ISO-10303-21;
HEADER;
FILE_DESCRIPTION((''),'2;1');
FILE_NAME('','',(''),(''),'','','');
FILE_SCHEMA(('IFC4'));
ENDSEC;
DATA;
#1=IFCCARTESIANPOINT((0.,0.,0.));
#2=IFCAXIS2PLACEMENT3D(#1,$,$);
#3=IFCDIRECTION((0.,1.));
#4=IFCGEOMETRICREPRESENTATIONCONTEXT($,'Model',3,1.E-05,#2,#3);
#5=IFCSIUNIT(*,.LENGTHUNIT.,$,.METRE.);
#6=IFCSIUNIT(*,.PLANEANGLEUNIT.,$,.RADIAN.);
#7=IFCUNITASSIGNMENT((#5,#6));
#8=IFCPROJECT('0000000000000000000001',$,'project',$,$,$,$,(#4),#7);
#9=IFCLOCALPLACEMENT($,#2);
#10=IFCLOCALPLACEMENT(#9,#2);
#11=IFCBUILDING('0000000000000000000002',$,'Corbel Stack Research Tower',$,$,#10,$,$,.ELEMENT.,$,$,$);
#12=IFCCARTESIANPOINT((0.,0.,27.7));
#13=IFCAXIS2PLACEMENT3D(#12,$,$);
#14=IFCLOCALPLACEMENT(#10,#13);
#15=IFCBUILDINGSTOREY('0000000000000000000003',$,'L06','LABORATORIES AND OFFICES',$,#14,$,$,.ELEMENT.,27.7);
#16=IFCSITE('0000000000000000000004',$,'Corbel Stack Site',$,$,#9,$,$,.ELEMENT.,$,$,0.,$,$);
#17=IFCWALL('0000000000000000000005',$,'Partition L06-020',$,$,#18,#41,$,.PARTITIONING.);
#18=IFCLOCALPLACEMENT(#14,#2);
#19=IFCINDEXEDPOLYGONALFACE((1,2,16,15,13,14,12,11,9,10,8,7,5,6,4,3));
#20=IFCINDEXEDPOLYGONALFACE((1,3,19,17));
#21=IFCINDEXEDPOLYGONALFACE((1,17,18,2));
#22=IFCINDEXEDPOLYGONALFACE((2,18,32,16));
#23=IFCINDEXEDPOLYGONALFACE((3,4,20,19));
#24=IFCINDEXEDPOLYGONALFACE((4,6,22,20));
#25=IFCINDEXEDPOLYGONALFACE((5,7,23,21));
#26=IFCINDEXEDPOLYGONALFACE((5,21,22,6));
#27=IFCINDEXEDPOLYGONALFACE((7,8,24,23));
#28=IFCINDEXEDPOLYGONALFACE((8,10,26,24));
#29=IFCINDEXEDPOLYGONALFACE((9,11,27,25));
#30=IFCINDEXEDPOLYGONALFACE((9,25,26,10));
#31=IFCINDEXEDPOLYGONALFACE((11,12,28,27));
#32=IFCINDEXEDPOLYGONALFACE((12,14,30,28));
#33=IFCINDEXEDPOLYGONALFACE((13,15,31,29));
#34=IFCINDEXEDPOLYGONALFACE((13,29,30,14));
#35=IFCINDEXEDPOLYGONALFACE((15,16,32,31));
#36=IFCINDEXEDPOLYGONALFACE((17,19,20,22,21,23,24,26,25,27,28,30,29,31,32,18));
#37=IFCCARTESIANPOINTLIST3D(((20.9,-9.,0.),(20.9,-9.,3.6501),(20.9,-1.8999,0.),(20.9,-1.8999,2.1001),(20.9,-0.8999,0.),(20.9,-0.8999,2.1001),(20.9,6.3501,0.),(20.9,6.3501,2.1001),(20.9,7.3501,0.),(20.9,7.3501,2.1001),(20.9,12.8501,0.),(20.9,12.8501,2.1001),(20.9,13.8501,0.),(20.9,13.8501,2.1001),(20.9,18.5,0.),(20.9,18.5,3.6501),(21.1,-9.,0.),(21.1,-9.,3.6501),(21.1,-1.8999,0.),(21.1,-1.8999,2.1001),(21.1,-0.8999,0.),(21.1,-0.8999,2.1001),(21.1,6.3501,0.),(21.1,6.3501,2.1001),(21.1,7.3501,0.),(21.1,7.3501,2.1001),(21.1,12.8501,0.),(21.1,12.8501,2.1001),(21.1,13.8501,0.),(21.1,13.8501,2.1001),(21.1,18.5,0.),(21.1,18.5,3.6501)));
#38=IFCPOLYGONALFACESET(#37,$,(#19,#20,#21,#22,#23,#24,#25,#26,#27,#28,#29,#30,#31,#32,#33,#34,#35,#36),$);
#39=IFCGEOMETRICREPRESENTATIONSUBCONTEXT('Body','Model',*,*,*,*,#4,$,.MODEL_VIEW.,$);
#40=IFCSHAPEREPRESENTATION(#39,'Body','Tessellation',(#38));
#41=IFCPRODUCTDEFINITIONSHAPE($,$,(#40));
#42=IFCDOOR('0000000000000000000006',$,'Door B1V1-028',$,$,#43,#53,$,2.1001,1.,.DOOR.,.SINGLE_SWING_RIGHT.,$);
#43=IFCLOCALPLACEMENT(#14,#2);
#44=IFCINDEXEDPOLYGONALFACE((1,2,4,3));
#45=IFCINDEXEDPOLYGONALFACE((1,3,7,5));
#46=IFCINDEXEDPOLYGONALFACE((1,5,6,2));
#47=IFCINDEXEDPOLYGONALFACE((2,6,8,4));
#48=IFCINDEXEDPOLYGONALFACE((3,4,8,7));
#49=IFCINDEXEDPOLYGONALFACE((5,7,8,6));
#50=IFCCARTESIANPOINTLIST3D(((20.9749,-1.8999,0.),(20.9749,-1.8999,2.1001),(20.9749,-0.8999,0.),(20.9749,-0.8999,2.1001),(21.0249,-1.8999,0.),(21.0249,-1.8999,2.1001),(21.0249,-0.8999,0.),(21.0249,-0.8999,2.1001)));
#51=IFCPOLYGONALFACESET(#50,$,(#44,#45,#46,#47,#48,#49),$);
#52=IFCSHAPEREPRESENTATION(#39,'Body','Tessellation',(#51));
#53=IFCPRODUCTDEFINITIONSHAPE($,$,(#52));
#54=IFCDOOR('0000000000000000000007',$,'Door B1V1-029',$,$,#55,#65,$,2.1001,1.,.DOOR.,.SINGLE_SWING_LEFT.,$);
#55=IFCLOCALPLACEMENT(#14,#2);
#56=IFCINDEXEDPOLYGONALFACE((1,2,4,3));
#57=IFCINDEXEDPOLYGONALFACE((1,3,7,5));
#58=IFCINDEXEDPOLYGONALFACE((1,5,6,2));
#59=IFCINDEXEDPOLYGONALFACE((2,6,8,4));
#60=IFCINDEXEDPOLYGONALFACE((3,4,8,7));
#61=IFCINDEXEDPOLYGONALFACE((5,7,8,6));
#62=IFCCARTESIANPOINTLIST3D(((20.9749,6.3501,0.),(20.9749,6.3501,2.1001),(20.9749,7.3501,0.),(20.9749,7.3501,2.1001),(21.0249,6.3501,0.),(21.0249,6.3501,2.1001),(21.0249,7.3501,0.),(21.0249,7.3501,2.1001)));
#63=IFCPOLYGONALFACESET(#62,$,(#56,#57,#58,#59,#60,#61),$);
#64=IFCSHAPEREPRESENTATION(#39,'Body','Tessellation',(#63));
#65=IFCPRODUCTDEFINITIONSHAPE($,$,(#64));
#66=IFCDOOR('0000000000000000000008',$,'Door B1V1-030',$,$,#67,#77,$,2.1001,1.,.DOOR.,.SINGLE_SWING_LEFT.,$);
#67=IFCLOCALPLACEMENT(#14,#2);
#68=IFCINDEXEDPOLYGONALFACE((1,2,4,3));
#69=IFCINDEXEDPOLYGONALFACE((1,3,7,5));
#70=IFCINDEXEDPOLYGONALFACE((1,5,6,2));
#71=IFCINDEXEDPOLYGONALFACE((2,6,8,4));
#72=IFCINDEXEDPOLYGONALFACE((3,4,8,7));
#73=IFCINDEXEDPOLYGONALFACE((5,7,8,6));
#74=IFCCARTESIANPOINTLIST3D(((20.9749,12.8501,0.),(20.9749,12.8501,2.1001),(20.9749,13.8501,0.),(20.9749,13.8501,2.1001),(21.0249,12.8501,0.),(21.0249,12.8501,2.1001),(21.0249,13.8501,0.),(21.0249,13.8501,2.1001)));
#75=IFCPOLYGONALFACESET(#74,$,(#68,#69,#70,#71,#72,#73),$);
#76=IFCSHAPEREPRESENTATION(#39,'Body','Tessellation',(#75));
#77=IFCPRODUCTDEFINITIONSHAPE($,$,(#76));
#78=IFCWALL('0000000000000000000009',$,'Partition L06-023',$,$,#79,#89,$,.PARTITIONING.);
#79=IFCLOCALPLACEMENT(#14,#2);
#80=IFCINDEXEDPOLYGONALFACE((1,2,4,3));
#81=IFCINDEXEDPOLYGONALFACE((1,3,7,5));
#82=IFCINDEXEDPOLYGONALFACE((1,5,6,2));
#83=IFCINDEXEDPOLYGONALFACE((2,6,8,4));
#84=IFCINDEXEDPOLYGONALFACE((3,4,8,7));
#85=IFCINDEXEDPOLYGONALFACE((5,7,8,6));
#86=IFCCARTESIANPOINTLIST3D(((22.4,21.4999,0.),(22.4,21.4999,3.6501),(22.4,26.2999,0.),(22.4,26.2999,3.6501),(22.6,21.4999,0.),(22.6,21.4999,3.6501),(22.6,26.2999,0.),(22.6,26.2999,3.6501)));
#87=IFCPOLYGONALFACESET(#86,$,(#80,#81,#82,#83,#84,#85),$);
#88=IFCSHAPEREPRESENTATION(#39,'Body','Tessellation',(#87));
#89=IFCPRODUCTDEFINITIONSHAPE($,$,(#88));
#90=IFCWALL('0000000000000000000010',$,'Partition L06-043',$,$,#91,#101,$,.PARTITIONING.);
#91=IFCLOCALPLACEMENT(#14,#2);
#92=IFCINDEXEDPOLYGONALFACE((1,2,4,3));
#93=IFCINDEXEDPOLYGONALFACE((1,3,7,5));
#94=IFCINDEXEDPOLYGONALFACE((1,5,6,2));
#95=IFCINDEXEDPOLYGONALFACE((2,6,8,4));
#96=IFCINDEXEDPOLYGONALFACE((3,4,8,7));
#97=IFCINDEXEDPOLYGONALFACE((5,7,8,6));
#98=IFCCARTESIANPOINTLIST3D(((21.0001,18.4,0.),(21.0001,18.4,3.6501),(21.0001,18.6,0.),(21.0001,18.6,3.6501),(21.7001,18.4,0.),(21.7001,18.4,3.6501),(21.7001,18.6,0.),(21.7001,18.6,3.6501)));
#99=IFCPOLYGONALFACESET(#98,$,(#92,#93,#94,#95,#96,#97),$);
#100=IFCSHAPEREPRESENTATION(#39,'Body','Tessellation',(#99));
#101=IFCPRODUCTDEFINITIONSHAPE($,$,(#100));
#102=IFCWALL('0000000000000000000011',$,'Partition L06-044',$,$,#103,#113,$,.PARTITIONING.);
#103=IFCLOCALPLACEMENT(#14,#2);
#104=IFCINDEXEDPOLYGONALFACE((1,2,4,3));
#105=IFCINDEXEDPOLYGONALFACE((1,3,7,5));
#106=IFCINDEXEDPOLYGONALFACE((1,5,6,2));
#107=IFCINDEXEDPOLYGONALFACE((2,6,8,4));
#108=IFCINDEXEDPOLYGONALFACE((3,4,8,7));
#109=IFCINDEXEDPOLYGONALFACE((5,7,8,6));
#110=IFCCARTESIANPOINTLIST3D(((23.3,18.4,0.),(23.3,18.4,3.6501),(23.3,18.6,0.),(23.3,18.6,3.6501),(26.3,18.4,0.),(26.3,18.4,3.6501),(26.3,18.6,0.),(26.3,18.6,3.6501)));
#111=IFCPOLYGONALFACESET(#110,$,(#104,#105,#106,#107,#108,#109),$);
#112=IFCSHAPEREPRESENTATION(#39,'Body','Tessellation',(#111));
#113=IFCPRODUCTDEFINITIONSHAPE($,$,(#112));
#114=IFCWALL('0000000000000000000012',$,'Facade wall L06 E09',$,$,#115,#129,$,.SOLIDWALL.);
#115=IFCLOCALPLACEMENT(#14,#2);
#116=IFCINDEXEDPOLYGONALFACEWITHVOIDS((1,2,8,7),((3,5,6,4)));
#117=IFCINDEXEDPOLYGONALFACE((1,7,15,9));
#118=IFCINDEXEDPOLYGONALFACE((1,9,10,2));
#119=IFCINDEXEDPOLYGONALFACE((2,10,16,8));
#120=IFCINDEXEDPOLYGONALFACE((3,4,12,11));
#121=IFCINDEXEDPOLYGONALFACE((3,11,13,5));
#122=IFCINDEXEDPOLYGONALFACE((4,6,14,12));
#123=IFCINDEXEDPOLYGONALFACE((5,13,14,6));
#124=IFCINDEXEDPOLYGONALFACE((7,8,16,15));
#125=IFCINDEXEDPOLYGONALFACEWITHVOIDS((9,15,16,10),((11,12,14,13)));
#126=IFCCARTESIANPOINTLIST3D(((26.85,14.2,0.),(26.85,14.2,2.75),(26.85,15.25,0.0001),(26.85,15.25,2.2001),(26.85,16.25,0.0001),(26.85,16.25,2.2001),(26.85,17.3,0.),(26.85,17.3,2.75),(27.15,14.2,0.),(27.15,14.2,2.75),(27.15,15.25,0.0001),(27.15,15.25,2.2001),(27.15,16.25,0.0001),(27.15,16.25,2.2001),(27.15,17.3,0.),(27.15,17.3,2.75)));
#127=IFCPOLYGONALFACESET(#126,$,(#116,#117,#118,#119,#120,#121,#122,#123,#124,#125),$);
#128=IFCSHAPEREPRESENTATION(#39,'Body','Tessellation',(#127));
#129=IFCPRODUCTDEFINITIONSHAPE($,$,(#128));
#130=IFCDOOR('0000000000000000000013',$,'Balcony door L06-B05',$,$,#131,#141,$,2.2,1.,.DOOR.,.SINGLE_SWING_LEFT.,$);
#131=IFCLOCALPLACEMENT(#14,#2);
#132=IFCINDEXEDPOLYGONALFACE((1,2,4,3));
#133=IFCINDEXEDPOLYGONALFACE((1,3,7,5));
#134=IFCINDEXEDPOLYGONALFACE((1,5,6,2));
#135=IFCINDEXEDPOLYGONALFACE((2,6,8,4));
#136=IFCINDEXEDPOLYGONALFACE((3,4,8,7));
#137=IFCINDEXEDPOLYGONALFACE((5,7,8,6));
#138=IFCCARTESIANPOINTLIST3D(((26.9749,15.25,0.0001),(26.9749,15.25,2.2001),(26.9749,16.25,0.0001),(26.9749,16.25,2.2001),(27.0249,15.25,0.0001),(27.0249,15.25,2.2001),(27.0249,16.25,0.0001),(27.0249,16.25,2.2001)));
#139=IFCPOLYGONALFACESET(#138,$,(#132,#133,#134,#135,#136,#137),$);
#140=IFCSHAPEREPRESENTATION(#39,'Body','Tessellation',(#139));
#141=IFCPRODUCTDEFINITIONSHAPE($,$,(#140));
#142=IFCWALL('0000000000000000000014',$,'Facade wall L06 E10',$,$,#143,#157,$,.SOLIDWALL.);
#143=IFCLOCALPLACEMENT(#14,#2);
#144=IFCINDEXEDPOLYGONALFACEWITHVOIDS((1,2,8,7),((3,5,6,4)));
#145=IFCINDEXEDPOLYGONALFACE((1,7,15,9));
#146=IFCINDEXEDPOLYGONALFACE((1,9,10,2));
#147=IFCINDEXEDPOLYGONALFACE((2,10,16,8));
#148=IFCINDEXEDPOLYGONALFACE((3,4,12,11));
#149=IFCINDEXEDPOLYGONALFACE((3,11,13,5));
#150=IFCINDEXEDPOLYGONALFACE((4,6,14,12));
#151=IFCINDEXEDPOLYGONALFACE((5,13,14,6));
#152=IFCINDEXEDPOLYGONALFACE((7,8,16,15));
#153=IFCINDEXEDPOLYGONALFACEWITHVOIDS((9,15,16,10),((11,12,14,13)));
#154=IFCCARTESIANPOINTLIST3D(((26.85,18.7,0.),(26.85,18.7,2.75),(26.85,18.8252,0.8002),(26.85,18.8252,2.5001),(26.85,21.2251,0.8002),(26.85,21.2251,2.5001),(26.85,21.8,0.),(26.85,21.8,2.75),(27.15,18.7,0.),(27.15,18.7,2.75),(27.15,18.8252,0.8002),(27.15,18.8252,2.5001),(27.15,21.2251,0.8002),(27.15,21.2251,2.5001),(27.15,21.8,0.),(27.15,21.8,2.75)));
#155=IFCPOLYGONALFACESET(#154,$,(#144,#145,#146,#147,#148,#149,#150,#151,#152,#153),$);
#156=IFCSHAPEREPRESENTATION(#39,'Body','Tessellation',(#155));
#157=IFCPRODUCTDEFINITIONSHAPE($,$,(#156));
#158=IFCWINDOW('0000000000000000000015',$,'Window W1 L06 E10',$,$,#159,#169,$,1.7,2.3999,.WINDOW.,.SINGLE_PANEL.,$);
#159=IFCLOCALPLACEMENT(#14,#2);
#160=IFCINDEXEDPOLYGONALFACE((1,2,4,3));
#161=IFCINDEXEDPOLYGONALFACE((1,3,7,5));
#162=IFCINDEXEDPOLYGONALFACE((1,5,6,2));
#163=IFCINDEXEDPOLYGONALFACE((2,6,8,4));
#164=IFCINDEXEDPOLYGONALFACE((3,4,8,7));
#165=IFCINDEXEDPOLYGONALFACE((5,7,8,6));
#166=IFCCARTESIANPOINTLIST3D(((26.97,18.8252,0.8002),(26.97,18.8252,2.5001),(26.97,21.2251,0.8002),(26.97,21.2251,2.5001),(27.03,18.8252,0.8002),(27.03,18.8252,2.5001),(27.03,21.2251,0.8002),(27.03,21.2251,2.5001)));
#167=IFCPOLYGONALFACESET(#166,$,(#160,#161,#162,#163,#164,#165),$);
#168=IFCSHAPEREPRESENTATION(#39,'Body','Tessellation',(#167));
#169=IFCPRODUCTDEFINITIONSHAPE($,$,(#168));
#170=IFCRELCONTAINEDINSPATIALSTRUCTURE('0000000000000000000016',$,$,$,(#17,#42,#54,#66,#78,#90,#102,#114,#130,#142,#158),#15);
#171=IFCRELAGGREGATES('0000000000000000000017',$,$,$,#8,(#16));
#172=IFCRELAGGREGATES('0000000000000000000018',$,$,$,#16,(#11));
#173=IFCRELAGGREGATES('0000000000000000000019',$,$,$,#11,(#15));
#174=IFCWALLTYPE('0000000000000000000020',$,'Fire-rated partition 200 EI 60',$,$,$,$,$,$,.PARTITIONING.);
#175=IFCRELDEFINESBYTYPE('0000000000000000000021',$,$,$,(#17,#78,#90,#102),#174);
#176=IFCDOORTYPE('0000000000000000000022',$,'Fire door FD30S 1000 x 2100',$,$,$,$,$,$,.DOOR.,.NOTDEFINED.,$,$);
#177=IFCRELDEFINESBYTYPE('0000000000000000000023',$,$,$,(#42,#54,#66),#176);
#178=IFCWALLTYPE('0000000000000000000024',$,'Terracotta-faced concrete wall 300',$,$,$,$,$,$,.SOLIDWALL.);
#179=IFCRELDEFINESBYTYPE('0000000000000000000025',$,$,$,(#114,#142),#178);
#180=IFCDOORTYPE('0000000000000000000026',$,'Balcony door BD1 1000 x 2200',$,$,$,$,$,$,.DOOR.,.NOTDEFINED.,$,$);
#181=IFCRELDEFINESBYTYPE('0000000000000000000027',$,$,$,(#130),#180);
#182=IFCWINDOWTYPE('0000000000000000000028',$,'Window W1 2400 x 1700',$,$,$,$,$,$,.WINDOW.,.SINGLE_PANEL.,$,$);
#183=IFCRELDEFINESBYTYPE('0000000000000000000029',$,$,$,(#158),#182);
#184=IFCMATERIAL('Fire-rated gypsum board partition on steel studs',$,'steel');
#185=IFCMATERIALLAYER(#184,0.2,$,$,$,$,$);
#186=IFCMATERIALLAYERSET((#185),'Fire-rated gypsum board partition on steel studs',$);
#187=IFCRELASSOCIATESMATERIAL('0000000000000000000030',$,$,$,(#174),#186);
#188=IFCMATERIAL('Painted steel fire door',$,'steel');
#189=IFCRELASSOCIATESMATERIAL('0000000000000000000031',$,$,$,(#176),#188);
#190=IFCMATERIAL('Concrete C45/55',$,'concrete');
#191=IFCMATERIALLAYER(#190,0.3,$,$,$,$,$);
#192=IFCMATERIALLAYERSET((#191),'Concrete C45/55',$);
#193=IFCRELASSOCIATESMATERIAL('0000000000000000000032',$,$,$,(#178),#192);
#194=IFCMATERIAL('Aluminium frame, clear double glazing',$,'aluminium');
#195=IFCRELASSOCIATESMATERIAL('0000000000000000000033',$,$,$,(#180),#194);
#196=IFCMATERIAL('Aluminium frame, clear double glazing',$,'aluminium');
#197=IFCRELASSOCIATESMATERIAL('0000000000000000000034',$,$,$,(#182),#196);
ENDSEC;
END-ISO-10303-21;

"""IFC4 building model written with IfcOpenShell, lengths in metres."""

from ifc_helpers import new_model, si_unit, direction, frame, frame_2d, origin, place, context, subcontext, project, spatial, rectangle, extrude, material, layer, layer_set, type_object, element, fill, save


model = new_model("IFC4")

# Units and contexts
model_context = context("Model", 3, precision=1e-05, world=origin(), true_north=direction((0.0, 1.0)))
body_context = subcontext(model_context, "Body", "Model", "MODEL_VIEW")
ifc_project = project(units=[si_unit("LENGTHUNIT", "METRE"), si_unit("PLANEANGLEUNIT", "RADIAN")], contexts=[model_context])

# Site, building, storey
site_placement = place(None, origin())
site = spatial("IfcSite", under=ifc_project, at=site_placement, Name="Corbel Stack Site", CompositionType="ELEMENT", RefElevation=0.0)
building_placement = place(site_placement, origin())
building = spatial("IfcBuilding", under=site, at=building_placement, Name="Corbel Stack Research Tower", CompositionType="ELEMENT")
storey_placement = place(building_placement, frame((0.0, 0.0, 27.7)))
storey = spatial("IfcBuildingStorey", under=building, at=storey_placement, Name="L06", Description="LABORATORIES AND OFFICES", CompositionType="ELEMENT", Elevation=27.7)

# Shared definitions
ifc_material_1 = material(Name="Fire-rated gypsum board partition on steel studs", Category="steel")
ifc_layer_1 = layer(ifc_material_1, 0.2)
ifc_layer_set_1 = layer_set([ifc_layer_1], Name="Fire-rated gypsum board partition on steel studs")
wall_type_1 = type_object("IfcWallType", Name="Fire-rated partition 200 EI 60", PredefinedType="PARTITIONING", material=ifc_layer_set_1)

# Wall, openings, doors
wall_1_placement = place(storey_placement, frame((21.0, 18.5, 0.0), z_axis=(0.0, 0.0, 1.0), x_axis=(0.0, -1.0, 0.0)))
wall_1 = element("IfcWall", 1, at=wall_1_placement, inside=storey, type_object=wall_type_1, Name="Partition L06-020", PredefinedType="PARTITIONING", context=body_context, shape_type="SweptSolid", body=[
    extrude(rectangle(XDim=27.5, YDim=0.2, at=frame_2d((13.75, 0.0))), origin(), (0.0, 0.0, 1.0), 3.6501),
])
opening_1_placement = place(wall_1_placement, frame((19.3999, 0.0, 0.0)))
opening_1 = element("IfcOpeningElement", 2, at=opening_1_placement, cuts=wall_1, PredefinedType="OPENING", context=body_context, shape_type="SweptSolid", body=[
    extrude(rectangle(XDim=1.0, YDim=2.1001, at=frame_2d((0.5, 1.05))), frame((0.0, 0.1099, 0.0), z_axis=(0.0, -1.0, 0.0), x_axis=(1.0, 0.0, 0.0)), (0.0, 0.0, 1.0), 0.22),
])
opening_2_placement = place(wall_1_placement, frame((11.1499, 0.0, 0.0)))
opening_2 = element("IfcOpeningElement", 3, at=opening_2_placement, cuts=wall_1, PredefinedType="OPENING", context=body_context, shape_type="SweptSolid", body=[
    extrude(rectangle(XDim=1.0, YDim=2.1001, at=frame_2d((0.5, 1.05))), frame((0.0, 0.1099, 0.0), z_axis=(0.0, -1.0, 0.0), x_axis=(1.0, 0.0, 0.0)), (0.0, 0.0, 1.0), 0.22),
])
opening_3_placement = place(wall_1_placement, frame((4.6499, 0.0, 0.0)))
opening_3 = element("IfcOpeningElement", 4, at=opening_3_placement, cuts=wall_1, PredefinedType="OPENING", context=body_context, shape_type="SweptSolid", body=[
    extrude(rectangle(XDim=1.0, YDim=2.1001, at=frame_2d((0.5, 1.05))), frame((0.0, 0.1099, 0.0), z_axis=(0.0, -1.0, 0.0), x_axis=(1.0, 0.0, 0.0)), (0.0, 0.0, 1.0), 0.22),
])
ifc_material_2 = material(Name="Painted steel fire door", Category="steel")
door_type_1 = type_object("IfcDoorType", Name="Fire door FD30S 1000 x 2100", OperationType="NOTDEFINED", PredefinedType="DOOR", material=ifc_material_2)
door_1_placement = place(opening_1_placement, origin())
door_1 = element("IfcDoor", 5, at=door_1_placement, inside=storey, type_object=door_type_1, Name="Door B1V1-028", OperationType="SINGLE_SWING_RIGHT", OverallHeight=2.1001, OverallWidth=1.0, PredefinedType="DOOR", context=body_context, shape_type="SweptSolid", body=[
    extrude(rectangle(XDim=1.0, YDim=2.1001, at=frame_2d((0.5, 1.05))), frame((0.0, 0.0249, 0.0), z_axis=(0.0, -1.0, 0.0), x_axis=(1.0, 0.0, 0.0)), (0.0, 0.0, 1.0), 0.05),
])
fill(opening_1, door_1)
door_2_placement = place(opening_2_placement, origin())
door_2 = element("IfcDoor", 6, at=door_2_placement, inside=storey, type_object=door_type_1, Name="Door B1V1-029", OperationType="SINGLE_SWING_LEFT", OverallHeight=2.1001, OverallWidth=1.0, PredefinedType="DOOR", context=body_context, shape_type="SweptSolid", body=[
    extrude(rectangle(XDim=1.0, YDim=2.1001, at=frame_2d((0.5, 1.05))), frame((0.0, 0.0249, 0.0), z_axis=(0.0, -1.0, 0.0), x_axis=(1.0, 0.0, 0.0)), (0.0, 0.0, 1.0), 0.05),
])
fill(opening_2, door_2)
door_3_placement = place(opening_3_placement, origin())
door_3 = element("IfcDoor", 7, at=door_3_placement, inside=storey, type_object=door_type_1, Name="Door B1V1-030", OperationType="SINGLE_SWING_LEFT", OverallHeight=2.1001, OverallWidth=1.0, PredefinedType="DOOR", context=body_context, shape_type="SweptSolid", body=[
    extrude(rectangle(XDim=1.0, YDim=2.1001, at=frame_2d((0.5, 1.05))), frame((0.0, 0.0249, 0.0), z_axis=(0.0, -1.0, 0.0), x_axis=(1.0, 0.0, 0.0)), (0.0, 0.0, 1.0), 0.05),
])
fill(opening_3, door_3)

# Walls
wall_2_placement = place(storey_placement, frame((22.5, 21.5, 0.0), z_axis=(0.0, 0.0, 1.0), x_axis=(0.0, 1.0, 0.0)))
element("IfcWall", 8, at=wall_2_placement, inside=storey, type_object=wall_type_1, Name="Partition L06-023", PredefinedType="PARTITIONING", context=body_context, shape_type="SweptSolid", body=[
    extrude(rectangle(XDim=4.8, YDim=0.2, at=frame_2d((2.3999, 0.0))), origin(), (0.0, 0.0, 1.0), 3.6501),
])
wall_3_placement = place(storey_placement, frame((21.0, 18.5, 0.0), z_axis=(0.0, 0.0, 1.0), x_axis=(1.0, 0.0, 0.0)))
element("IfcWall", 9, at=wall_3_placement, inside=storey, type_object=wall_type_1, Name="Partition L06-043", PredefinedType="PARTITIONING", context=body_context, shape_type="SweptSolid", body=[
    extrude(rectangle(XDim=0.7, YDim=0.2, at=frame_2d((0.3501, 0.0))), origin(), (0.0, 0.0, 1.0), 3.6501),
])
wall_4_placement = place(storey_placement, frame((23.3, 18.5, 0.0), z_axis=(0.0, 0.0, 1.0), x_axis=(1.0, 0.0, 0.0)))
element("IfcWall", 10, at=wall_4_placement, inside=storey, type_object=wall_type_1, Name="Partition L06-044", PredefinedType="PARTITIONING", context=body_context, shape_type="SweptSolid", body=[
    extrude(rectangle(XDim=3.0, YDim=0.2, at=frame_2d((1.5, 0.0))), origin(), (0.0, 0.0, 1.0), 3.6501),
])

# Wall, opening, door
ifc_material_3 = material(Name="Concrete C45/55", Category="concrete")
ifc_layer_2 = layer(ifc_material_3, 0.3)
ifc_layer_set_2 = layer_set([ifc_layer_2], Name="Concrete C45/55")
wall_type_2 = type_object("IfcWallType", Name="Terracotta-faced concrete wall 300", PredefinedType="SOLIDWALL", material=ifc_layer_set_2)
wall_5_placement = place(storey_placement, frame((27.0, 17.3, 0.0), z_axis=(0.0, 0.0, 1.0), x_axis=(0.0, -1.0, 0.0)))
wall_5 = element("IfcWall", 11, at=wall_5_placement, inside=storey, type_object=wall_type_2, Name="Facade wall L06 E09", PredefinedType="SOLIDWALL", context=body_context, shape_type="SweptSolid", body=[
    extrude(rectangle(XDim=3.1001, YDim=0.3, at=frame_2d((1.55, 0.0))), origin(), (0.0, 0.0, 1.0), 2.75),
])
opening_4_placement = place(wall_5_placement, frame((1.05, 0.0, 0.0)))
opening_4 = element("IfcOpeningElement", 12, at=opening_4_placement, cuts=wall_5, PredefinedType="OPENING", context=body_context, shape_type="SweptSolid", body=[
    extrude(rectangle(XDim=1.0, YDim=2.2, at=frame_2d((0.5, 1.1001))), frame((0.0, 0.1599, 0.0), z_axis=(0.0, -1.0, 0.0), x_axis=(1.0, 0.0, 0.0)), (0.0, 0.0, 1.0), 0.3201),
])
ifc_material_4 = material(Name="Aluminium frame, clear double glazing", Category="aluminium")
door_type_2 = type_object("IfcDoorType", Name="Balcony door BD1 1000 x 2200", OperationType="NOTDEFINED", PredefinedType="DOOR", material=ifc_material_4)
door_4_placement = place(opening_4_placement, origin())
door_4 = element("IfcDoor", 13, at=door_4_placement, inside=storey, type_object=door_type_2, Name="Balcony door L06-B05", OperationType="SINGLE_SWING_LEFT", OverallHeight=2.2, OverallWidth=1.0, PredefinedType="DOOR", context=body_context, shape_type="SweptSolid", body=[
    extrude(rectangle(XDim=1.0, YDim=2.2, at=frame_2d((0.5, 1.1001))), frame((0.0, 0.0249, 0.0), z_axis=(0.0, -1.0, 0.0), x_axis=(1.0, 0.0, 0.0)), (0.0, 0.0, 1.0), 0.05),
])
fill(opening_4, door_4)

# Wall, opening, window
wall_6_placement = place(storey_placement, frame((27.0, 21.8, 0.0), z_axis=(0.0, 0.0, 1.0), x_axis=(0.0, -1.0, 0.0)))
wall_6 = element("IfcWall", 14, at=wall_6_placement, inside=storey, type_object=wall_type_2, Name="Facade wall L06 E10", PredefinedType="SOLIDWALL", context=body_context, shape_type="SweptSolid", body=[
    extrude(rectangle(XDim=3.1001, YDim=0.3, at=frame_2d((1.55, 0.0))), origin(), (0.0, 0.0, 1.0), 2.75),
])
opening_5_placement = place(wall_6_placement, frame((0.575, 0.0, 0.8)))
opening_5 = element("IfcOpeningElement", 15, at=opening_5_placement, cuts=wall_6, PredefinedType="OPENING", context=body_context, shape_type="SweptSolid", body=[
    extrude(rectangle(XDim=2.3999, YDim=1.7, at=frame_2d((1.2, 0.8501))), frame((0.0, 0.1599, 0.0), z_axis=(0.0, -1.0, 0.0), x_axis=(1.0, 0.0, 0.0)), (0.0, 0.0, 1.0), 0.3201),
])
ifc_material_5 = material(Name="Aluminium frame, clear double glazing", Category="aluminium")
window_type = type_object("IfcWindowType", Name="Window W1 2400 x 1700", PartitioningType="SINGLE_PANEL", PredefinedType="WINDOW", material=ifc_material_5)
window_1_placement = place(opening_5_placement, origin())
window_1 = element("IfcWindow", 16, at=window_1_placement, inside=storey, type_object=window_type, Name="Window W1 L06 E10", OverallHeight=1.7, OverallWidth=2.3999, PartitioningType="SINGLE_PANEL", PredefinedType="WINDOW", context=body_context, shape_type="SweptSolid", body=[
    extrude(rectangle(XDim=2.3999, YDim=1.7, at=frame_2d((1.2, 0.8501))), frame((0.0, 0.03, 0.0), z_axis=(0.0, -1.0, 0.0), x_axis=(1.0, 0.0, 0.0)), (0.0, 0.0, 1.0), 0.0601),
])
fill(opening_5, window_1)

save(model, "model.ifc")
